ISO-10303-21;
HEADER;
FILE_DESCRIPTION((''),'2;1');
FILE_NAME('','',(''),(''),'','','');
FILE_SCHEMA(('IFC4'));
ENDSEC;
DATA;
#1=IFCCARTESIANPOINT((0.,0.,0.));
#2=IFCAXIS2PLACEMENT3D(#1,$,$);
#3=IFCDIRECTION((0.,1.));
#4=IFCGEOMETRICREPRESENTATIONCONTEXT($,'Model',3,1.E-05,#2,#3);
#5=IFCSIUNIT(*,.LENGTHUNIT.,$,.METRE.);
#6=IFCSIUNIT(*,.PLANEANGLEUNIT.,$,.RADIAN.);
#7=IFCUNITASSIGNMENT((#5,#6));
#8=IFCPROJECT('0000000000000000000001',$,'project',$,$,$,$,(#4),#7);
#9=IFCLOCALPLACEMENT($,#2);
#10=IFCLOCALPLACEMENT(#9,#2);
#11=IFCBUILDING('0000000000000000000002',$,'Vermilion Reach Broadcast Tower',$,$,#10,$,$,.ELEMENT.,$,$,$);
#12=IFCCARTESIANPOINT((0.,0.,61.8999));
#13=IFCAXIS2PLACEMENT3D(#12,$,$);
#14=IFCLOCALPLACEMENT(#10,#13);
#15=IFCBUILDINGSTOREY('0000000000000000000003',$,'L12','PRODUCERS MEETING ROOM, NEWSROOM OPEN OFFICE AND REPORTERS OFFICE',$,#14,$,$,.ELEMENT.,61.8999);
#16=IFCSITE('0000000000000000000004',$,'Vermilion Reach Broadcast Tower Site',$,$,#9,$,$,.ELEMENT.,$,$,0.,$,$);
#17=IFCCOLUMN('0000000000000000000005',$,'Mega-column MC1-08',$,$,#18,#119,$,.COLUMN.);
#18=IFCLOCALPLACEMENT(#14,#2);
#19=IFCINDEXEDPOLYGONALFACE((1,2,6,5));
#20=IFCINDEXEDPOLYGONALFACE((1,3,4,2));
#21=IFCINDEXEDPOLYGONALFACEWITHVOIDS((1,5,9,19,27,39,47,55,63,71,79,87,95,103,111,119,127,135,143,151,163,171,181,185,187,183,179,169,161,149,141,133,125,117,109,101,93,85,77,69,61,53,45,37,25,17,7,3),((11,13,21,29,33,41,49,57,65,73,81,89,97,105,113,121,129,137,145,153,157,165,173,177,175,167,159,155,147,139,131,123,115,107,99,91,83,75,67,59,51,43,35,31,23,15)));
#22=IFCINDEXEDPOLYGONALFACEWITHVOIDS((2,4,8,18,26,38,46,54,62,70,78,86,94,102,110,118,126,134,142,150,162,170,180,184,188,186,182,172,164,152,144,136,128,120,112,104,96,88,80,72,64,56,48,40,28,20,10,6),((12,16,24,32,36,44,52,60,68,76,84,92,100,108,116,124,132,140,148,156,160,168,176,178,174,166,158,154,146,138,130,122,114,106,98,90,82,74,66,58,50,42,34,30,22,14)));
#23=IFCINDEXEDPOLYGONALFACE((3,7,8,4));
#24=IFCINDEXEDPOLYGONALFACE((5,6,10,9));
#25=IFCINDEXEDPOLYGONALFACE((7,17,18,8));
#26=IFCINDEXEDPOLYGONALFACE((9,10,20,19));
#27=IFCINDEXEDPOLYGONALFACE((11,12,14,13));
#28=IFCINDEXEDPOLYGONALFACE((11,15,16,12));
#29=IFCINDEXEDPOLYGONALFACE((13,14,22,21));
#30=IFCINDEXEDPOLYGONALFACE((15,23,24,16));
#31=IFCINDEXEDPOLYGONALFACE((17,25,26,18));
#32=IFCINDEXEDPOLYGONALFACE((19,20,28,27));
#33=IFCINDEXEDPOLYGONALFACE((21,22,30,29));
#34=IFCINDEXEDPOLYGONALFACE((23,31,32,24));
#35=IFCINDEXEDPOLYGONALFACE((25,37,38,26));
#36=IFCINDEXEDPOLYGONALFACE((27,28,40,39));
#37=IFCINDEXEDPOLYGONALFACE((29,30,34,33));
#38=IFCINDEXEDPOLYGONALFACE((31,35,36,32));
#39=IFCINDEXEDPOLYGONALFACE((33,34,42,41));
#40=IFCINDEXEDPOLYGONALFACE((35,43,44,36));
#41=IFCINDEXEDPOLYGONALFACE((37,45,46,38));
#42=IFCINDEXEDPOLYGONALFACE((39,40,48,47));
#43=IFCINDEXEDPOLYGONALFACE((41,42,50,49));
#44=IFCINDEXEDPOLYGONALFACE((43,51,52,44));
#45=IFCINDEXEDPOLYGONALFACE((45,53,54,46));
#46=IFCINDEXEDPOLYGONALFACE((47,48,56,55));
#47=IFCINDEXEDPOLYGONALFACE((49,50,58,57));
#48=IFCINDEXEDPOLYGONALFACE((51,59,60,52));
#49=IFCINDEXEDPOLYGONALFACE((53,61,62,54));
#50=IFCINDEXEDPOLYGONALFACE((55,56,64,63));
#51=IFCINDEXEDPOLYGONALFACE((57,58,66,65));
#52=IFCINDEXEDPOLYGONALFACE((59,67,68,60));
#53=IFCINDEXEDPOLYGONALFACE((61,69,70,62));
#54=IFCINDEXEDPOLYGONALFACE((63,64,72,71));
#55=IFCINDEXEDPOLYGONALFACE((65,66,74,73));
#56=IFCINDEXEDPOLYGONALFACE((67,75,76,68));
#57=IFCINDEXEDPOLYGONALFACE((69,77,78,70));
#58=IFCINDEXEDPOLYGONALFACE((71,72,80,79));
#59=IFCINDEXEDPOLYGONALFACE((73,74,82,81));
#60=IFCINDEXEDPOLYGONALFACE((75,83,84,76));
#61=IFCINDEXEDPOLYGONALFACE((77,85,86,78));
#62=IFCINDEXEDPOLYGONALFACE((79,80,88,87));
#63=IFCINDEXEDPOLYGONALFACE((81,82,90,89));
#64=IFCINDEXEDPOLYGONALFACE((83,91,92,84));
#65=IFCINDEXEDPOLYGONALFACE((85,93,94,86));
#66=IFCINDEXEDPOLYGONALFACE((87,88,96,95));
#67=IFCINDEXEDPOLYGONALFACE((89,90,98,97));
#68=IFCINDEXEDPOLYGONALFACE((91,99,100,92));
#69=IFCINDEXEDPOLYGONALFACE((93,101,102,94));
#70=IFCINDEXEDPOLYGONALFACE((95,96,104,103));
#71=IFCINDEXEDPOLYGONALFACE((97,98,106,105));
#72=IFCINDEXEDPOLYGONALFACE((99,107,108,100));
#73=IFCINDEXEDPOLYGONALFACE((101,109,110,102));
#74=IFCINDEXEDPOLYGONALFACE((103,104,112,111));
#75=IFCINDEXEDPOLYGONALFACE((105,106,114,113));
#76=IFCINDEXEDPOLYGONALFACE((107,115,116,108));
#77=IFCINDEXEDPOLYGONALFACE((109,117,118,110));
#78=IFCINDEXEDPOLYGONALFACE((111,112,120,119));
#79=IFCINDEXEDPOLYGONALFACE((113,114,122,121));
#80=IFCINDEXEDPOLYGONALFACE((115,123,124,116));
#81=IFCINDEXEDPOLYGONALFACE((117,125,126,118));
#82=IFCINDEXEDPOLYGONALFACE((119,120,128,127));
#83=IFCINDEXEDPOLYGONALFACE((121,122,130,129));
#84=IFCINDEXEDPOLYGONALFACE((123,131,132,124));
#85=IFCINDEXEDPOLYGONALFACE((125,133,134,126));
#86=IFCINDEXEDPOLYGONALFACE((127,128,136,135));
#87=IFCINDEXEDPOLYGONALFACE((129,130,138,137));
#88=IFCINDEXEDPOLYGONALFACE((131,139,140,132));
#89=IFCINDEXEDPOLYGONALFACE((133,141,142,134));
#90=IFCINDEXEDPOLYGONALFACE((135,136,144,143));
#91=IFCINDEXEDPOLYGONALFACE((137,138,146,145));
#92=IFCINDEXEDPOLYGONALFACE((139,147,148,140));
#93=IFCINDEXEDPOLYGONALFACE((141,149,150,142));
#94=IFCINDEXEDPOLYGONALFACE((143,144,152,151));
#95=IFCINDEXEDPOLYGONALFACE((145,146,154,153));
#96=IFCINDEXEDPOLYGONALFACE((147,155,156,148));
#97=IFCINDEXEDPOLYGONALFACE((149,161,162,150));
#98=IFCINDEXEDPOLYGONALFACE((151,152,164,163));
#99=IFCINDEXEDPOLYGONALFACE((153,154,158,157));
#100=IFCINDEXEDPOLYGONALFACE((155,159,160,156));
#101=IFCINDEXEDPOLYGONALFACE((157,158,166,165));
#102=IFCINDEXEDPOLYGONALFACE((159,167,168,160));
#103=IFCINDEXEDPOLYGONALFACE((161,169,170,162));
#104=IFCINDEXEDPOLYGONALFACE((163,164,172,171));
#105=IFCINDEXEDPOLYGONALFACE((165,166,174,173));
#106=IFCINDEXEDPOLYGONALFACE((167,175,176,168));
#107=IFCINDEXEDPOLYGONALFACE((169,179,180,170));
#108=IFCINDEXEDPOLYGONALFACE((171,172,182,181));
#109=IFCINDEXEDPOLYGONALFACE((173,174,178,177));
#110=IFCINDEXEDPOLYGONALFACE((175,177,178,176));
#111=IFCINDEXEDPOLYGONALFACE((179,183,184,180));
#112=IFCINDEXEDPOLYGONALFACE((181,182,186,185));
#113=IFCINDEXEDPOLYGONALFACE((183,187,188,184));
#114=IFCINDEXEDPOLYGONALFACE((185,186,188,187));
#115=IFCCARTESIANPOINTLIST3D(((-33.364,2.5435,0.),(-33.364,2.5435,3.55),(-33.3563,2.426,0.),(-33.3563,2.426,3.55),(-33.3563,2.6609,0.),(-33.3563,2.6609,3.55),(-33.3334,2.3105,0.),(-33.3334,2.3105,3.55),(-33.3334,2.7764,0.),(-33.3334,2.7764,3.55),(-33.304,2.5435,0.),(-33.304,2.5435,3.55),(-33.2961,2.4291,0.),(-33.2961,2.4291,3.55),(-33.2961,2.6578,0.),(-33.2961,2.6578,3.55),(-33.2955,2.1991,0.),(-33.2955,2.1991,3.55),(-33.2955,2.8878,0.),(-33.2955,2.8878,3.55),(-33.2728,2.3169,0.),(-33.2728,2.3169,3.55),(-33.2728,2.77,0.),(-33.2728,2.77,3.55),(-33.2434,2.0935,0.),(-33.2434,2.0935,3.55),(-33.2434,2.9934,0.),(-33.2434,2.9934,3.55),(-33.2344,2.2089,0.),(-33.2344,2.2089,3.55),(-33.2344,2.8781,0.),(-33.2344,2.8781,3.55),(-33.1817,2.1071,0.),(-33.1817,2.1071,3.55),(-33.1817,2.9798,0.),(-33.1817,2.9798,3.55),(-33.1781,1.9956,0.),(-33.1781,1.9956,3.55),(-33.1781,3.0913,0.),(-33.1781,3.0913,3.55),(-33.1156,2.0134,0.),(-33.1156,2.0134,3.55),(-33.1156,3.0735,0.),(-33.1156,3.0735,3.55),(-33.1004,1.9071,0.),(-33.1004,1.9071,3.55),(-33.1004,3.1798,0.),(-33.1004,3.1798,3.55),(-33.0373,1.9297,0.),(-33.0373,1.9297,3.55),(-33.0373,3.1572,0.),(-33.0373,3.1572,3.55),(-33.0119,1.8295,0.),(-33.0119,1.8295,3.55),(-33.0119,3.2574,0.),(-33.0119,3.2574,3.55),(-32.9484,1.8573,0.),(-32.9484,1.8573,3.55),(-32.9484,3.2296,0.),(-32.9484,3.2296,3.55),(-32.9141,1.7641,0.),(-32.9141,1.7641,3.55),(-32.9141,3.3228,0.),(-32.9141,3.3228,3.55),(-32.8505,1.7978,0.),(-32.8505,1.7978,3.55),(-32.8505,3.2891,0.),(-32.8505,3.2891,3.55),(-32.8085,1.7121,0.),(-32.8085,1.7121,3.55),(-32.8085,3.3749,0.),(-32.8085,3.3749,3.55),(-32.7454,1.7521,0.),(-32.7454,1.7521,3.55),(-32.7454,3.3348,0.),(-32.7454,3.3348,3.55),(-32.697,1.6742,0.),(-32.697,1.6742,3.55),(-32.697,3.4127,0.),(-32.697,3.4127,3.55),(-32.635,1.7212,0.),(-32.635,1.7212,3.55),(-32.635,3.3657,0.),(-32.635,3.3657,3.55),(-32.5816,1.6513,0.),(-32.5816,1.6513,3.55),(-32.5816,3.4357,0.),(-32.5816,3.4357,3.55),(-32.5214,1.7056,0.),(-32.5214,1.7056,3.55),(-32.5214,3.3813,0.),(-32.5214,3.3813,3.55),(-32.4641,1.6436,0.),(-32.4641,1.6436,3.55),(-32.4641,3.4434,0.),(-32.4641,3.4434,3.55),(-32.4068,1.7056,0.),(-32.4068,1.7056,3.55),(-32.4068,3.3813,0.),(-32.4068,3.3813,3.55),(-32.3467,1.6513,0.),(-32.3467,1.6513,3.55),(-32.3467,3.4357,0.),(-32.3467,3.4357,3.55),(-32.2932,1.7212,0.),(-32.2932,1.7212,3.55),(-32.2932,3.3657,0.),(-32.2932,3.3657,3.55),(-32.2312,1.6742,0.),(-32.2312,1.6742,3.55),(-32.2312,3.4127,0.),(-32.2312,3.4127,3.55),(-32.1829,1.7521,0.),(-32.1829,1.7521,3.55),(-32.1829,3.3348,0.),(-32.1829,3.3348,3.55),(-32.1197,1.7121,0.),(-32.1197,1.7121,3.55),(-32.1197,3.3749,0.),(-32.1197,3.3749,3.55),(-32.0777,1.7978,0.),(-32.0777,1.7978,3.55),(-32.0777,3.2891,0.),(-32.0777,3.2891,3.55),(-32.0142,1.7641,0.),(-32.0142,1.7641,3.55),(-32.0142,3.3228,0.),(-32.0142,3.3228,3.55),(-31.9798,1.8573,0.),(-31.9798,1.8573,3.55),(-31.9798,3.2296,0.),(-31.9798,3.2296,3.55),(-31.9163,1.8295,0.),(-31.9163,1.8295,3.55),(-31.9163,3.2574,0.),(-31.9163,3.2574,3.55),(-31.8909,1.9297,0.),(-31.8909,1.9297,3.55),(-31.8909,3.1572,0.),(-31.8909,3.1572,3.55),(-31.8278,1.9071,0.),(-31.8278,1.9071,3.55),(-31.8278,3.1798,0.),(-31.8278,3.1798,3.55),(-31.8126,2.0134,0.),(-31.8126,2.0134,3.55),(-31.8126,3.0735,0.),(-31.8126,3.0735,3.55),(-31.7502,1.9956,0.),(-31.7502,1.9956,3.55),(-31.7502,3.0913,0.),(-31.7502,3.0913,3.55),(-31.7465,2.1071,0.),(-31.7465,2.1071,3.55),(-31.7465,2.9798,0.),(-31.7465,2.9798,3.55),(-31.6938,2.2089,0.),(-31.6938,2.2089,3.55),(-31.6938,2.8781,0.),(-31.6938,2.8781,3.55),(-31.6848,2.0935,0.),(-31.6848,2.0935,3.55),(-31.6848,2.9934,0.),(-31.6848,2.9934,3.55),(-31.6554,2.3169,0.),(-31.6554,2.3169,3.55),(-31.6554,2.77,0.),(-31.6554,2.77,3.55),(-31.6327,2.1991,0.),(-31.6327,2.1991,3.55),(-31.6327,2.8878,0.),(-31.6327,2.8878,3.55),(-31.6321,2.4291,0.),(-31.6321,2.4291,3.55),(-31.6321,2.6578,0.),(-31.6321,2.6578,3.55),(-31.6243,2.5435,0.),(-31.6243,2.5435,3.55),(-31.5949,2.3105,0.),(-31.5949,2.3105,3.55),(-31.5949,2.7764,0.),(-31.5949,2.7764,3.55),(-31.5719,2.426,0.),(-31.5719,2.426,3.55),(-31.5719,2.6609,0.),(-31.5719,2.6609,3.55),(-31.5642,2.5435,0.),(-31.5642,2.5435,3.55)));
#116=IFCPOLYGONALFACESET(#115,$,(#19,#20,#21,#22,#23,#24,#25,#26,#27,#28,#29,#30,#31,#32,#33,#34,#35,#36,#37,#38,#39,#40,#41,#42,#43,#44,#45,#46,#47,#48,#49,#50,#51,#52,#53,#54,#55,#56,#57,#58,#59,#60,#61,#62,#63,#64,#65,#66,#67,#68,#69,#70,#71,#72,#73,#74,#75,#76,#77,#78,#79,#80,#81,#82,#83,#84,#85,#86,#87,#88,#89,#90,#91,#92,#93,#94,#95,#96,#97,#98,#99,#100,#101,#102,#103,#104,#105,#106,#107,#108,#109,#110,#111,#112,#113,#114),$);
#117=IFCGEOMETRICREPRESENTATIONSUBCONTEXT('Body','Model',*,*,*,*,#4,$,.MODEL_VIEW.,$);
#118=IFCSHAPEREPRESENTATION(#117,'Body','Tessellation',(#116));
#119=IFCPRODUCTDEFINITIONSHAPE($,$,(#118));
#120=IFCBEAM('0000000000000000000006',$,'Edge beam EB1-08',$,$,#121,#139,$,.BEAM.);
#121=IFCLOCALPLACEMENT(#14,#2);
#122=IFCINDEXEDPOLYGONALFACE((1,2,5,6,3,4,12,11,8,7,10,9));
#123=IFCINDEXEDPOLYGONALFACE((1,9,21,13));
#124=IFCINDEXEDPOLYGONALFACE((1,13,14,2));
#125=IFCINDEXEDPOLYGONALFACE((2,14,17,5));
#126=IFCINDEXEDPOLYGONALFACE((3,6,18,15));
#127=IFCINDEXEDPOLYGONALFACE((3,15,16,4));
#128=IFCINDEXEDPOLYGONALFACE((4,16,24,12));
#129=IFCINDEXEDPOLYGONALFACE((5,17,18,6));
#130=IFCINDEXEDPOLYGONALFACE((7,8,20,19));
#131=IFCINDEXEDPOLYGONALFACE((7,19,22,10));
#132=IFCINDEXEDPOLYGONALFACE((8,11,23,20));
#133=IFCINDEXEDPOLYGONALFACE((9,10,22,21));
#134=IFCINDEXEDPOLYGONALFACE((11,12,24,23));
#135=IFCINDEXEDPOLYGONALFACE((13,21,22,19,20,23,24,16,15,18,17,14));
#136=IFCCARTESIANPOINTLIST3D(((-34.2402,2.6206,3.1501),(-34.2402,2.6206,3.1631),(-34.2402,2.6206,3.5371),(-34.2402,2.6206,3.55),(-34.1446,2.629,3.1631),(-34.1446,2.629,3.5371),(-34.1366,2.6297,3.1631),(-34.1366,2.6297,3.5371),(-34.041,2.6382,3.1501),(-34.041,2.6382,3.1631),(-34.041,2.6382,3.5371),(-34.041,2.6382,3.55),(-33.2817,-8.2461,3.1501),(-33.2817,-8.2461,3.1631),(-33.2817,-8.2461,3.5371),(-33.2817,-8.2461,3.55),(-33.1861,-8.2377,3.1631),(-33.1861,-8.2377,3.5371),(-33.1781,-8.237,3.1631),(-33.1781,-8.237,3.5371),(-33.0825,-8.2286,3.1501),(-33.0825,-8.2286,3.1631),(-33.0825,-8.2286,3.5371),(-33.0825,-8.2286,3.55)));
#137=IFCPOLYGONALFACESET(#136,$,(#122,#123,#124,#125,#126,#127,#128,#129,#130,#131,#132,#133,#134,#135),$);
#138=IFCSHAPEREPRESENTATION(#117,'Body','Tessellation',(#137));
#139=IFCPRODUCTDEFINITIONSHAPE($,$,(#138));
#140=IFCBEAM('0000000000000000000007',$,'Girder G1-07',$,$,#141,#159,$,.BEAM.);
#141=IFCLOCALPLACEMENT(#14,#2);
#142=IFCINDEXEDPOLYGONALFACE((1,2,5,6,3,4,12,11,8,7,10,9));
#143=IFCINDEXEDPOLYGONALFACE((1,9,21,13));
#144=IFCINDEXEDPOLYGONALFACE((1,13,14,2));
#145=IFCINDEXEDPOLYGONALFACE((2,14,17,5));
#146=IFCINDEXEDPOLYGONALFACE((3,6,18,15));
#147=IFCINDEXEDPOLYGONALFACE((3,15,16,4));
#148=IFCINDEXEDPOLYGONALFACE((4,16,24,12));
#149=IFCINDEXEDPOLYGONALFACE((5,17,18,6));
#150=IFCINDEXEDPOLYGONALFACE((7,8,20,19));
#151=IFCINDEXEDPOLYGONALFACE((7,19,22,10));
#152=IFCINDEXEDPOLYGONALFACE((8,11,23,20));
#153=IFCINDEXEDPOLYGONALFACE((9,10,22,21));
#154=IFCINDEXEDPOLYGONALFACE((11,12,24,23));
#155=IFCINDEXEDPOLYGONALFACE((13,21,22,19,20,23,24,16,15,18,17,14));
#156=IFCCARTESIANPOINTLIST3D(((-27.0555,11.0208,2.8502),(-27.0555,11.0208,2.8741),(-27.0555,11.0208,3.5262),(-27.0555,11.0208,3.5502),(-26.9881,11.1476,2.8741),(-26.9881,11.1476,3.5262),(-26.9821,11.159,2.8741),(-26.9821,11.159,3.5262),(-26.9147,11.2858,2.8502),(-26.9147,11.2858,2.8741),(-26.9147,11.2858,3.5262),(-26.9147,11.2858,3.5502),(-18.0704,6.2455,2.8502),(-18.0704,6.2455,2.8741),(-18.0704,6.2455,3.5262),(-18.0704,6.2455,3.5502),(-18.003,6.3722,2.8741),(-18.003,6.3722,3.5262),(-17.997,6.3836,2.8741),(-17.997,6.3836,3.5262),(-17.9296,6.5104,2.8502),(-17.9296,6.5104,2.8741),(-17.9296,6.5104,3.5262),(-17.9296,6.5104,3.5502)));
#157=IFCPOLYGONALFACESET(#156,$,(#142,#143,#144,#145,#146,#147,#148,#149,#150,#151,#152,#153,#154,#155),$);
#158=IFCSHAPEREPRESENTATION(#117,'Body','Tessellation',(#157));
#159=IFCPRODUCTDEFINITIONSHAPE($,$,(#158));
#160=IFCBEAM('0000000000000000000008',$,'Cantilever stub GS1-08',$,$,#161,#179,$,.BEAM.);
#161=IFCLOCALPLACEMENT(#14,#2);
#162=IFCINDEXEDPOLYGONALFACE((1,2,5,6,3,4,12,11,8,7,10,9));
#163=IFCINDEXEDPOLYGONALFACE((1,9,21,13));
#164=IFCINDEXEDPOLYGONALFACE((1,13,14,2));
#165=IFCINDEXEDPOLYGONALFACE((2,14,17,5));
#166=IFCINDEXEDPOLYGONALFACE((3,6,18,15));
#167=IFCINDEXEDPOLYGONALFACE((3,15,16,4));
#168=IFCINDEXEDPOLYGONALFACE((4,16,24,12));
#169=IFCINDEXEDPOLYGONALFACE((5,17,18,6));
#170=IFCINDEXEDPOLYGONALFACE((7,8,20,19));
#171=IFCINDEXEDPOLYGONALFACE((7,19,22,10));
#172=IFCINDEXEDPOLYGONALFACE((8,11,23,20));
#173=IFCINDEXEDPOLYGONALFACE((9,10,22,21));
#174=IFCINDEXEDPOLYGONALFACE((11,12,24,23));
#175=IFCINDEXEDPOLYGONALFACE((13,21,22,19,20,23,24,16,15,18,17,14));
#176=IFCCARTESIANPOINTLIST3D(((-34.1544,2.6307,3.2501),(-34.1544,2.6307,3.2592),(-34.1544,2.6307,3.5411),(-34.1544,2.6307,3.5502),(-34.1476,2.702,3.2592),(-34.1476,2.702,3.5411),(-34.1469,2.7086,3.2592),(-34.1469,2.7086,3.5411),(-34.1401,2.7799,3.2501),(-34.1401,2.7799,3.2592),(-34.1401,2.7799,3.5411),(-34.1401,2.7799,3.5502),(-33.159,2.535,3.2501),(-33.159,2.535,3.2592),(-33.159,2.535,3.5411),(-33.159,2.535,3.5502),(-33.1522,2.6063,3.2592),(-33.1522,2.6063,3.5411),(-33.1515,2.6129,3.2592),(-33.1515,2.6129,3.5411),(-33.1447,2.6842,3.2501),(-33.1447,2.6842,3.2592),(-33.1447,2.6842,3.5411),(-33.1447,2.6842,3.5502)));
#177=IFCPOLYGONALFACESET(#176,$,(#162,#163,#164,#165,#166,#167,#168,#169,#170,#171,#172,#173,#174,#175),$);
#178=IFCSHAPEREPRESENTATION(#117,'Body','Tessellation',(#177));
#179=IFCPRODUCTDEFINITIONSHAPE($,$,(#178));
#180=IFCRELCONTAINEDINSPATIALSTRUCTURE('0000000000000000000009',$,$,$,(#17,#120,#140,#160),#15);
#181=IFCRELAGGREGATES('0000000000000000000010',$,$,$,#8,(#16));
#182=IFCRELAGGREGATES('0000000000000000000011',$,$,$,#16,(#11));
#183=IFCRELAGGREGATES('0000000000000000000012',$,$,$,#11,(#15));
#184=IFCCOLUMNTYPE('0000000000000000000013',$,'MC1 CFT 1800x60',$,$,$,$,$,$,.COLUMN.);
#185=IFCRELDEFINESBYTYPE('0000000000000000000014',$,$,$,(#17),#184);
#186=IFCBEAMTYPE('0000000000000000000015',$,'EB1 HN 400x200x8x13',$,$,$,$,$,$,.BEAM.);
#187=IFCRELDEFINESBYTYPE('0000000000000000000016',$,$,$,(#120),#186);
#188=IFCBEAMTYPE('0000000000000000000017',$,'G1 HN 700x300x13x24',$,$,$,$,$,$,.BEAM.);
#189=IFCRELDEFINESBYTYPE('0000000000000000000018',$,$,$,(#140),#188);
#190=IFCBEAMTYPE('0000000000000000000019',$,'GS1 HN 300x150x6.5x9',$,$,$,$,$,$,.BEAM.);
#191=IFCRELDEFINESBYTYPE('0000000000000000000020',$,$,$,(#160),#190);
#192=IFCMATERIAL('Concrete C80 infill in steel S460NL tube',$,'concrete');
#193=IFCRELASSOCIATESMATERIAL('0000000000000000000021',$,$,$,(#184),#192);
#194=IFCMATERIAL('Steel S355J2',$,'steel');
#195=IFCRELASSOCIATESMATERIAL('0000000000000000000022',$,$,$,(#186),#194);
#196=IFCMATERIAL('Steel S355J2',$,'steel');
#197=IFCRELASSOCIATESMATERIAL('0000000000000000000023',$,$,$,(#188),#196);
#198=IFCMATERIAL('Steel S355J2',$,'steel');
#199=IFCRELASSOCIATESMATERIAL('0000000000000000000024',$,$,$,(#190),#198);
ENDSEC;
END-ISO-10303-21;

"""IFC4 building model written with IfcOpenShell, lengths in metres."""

from ifc_helpers import new_model, si_unit, direction, frame, origin, origin_2d, place, context, subcontext, project, spatial, hollow_circle, i_section, extrude, material, material_profile, profile_set, type_object, element, save


model = new_model("IFC4")

# Units and contexts
model_context = context("Model", 3, precision=1e-05, world=origin(), true_north=direction((0.0, 1.0)))
body_context = subcontext(model_context, "Body", "Model", "MODEL_VIEW")
ifc_project = project(units=[si_unit("LENGTHUNIT", "METRE"), si_unit("PLANEANGLEUNIT", "RADIAN")], contexts=[model_context])

# Site, building, storey
site_placement = place(None, origin())
site = spatial("IfcSite", under=ifc_project, at=site_placement, Name="Vermilion Reach Broadcast Tower Site", CompositionType="ELEMENT", RefElevation=0.0)
building_placement = place(site_placement, origin())
building = spatial("IfcBuilding", under=site, at=building_placement, Name="Vermilion Reach Broadcast Tower", CompositionType="ELEMENT")
storey_placement = place(building_placement, frame((0.0, 0.0, 61.8999)))
storey = spatial("IfcBuildingStorey", under=building, at=storey_placement, Name="L12", Description="PRODUCERS MEETING ROOM, NEWSROOM OPEN OFFICE AND REPORTERS OFFICE", CompositionType="ELEMENT", Elevation=61.8999)

# Column
ifc_material_1 = material(Name="Concrete C80 infill in steel S460NL tube", Category="concrete")
ifc_material_profile_1 = material_profile(ifc_material_1, hollow_circle(Radius=0.8999, WallThickness=0.0601, at=origin_2d()), Name="Concrete C80 infill in steel S460NL tube CFT 1800x60")
ifc_profile_set_1 = profile_set([ifc_material_profile_1], Name="Concrete C80 infill in steel S460NL tube")
column_type = type_object("IfcColumnType", Name="MC1 CFT 1800x60", PredefinedType="COLUMN", material=ifc_profile_set_1)
column_placement = place(storey_placement, frame((-32.4641, 2.5435, 0.0), z_axis=(0.0, 0.0, 1.0), x_axis=(1.0, 0.0, 0.0)))
element("IfcColumn", 1, at=column_placement, inside=storey, type_object=column_type, Name="Mega-column MC1-08", PredefinedType="COLUMN", context=body_context, shape_type="SweptSolid", body=[
    extrude(hollow_circle(Radius=0.8999, WallThickness=0.0601, at=origin_2d()), origin(), (0.0, 0.0, 1.0), 3.55),
])

# Beams
ifc_material_2 = material(Name="Steel S355J2", Category="steel")
ifc_material_profile_2 = material_profile(ifc_material_2, i_section(OverallWidth=0.2, OverallDepth=0.3999, WebThickness=0.0081, FlangeThickness=0.0129, at=origin_2d()), Name="S355J2 HN 400x200x8x13")
ifc_profile_set_2 = profile_set([ifc_material_profile_2], Name="Steel S355J2")
beam_type_1 = type_object("IfcBeamType", Name="EB1 HN 400x200x8x13", PredefinedType="BEAM", material=ifc_profile_set_2)
beam_1_placement = place(storey_placement, frame((-34.1406, 2.6294, 3.3501), z_axis=(0.087864, -0.996133, 0.0), x_axis=(0.996133, 0.087864, 0.0)))
element("IfcBeam", 2, at=beam_1_placement, inside=storey, type_object=beam_type_1, Name="Edge beam EB1-08", PredefinedType="BEAM", context=body_context, shape_type="SweptSolid", body=[
    extrude(i_section(OverallWidth=0.2, OverallDepth=0.3999, WebThickness=0.0081, FlangeThickness=0.0129, at=origin_2d()), origin(), (0.0, 0.0, 1.0), 10.9089),
])
ifc_material_3 = material(Name="Steel S355J2", Category="steel")
ifc_material_profile_3 = material_profile(ifc_material_3, i_section(OverallWidth=0.3, OverallDepth=0.7, WebThickness=0.0129, FlangeThickness=0.0239, at=origin_2d()), Name="S355J2 HN 700x300x13x24")
ifc_profile_set_3 = profile_set([ifc_material_profile_3], Name="Steel S355J2")
beam_type_2 = type_object("IfcBeamType", Name="G1 HN 700x300x13x24", PredefinedType="BEAM", material=ifc_profile_set_3)
beam_2_placement = place(storey_placement, frame((-18.0, 6.3779, 3.2002), z_axis=(-0.883032, 0.469313, 0.0), x_axis=(-0.469313, -0.883032, 0.0)))
element("IfcBeam", 3, at=beam_2_placement, inside=storey, type_object=beam_type_2, Name="Girder G1-07", PredefinedType="BEAM", context=body_context, shape_type="SweptSolid", body=[
    extrude(i_section(OverallWidth=0.3, OverallDepth=0.7, WebThickness=0.0129, FlangeThickness=0.0239, at=origin_2d()), origin(), (0.0, 0.0, 1.0), 10.1753),
])
ifc_material_4 = material(Name="Steel S355J2", Category="steel")
ifc_material_profile_4 = material_profile(ifc_material_4, i_section(OverallWidth=0.1499, OverallDepth=0.3, WebThickness=0.0066, FlangeThickness=0.009, at=origin_2d()), Name="S355J2 HN 300x150x6.5x9")
ifc_profile_set_4 = profile_set([ifc_material_profile_4], Name="Steel S355J2")
beam_type_3 = type_object("IfcBeamType", Name="GS1 HN 300x150x6.5x9", PredefinedType="BEAM", material=ifc_profile_set_4)
beam_3_placement = place(storey_placement, frame((-33.1519, 2.6096, 3.4001), z_axis=(-0.995409, 0.095708, 0.0), x_axis=(-0.095708, -0.995409, 0.0)))
element("IfcBeam", 4, at=beam_3_placement, inside=storey, type_object=beam_type_3, Name="Cantilever stub GS1-08", PredefinedType="BEAM", context=body_context, shape_type="SweptSolid", body=[
    extrude(i_section(OverallWidth=0.1499, OverallDepth=0.3, WebThickness=0.0066, FlangeThickness=0.009, at=origin_2d()), origin(), (0.0, 0.0, 1.0), 1.0),
])

save(model, "model.ifc")
